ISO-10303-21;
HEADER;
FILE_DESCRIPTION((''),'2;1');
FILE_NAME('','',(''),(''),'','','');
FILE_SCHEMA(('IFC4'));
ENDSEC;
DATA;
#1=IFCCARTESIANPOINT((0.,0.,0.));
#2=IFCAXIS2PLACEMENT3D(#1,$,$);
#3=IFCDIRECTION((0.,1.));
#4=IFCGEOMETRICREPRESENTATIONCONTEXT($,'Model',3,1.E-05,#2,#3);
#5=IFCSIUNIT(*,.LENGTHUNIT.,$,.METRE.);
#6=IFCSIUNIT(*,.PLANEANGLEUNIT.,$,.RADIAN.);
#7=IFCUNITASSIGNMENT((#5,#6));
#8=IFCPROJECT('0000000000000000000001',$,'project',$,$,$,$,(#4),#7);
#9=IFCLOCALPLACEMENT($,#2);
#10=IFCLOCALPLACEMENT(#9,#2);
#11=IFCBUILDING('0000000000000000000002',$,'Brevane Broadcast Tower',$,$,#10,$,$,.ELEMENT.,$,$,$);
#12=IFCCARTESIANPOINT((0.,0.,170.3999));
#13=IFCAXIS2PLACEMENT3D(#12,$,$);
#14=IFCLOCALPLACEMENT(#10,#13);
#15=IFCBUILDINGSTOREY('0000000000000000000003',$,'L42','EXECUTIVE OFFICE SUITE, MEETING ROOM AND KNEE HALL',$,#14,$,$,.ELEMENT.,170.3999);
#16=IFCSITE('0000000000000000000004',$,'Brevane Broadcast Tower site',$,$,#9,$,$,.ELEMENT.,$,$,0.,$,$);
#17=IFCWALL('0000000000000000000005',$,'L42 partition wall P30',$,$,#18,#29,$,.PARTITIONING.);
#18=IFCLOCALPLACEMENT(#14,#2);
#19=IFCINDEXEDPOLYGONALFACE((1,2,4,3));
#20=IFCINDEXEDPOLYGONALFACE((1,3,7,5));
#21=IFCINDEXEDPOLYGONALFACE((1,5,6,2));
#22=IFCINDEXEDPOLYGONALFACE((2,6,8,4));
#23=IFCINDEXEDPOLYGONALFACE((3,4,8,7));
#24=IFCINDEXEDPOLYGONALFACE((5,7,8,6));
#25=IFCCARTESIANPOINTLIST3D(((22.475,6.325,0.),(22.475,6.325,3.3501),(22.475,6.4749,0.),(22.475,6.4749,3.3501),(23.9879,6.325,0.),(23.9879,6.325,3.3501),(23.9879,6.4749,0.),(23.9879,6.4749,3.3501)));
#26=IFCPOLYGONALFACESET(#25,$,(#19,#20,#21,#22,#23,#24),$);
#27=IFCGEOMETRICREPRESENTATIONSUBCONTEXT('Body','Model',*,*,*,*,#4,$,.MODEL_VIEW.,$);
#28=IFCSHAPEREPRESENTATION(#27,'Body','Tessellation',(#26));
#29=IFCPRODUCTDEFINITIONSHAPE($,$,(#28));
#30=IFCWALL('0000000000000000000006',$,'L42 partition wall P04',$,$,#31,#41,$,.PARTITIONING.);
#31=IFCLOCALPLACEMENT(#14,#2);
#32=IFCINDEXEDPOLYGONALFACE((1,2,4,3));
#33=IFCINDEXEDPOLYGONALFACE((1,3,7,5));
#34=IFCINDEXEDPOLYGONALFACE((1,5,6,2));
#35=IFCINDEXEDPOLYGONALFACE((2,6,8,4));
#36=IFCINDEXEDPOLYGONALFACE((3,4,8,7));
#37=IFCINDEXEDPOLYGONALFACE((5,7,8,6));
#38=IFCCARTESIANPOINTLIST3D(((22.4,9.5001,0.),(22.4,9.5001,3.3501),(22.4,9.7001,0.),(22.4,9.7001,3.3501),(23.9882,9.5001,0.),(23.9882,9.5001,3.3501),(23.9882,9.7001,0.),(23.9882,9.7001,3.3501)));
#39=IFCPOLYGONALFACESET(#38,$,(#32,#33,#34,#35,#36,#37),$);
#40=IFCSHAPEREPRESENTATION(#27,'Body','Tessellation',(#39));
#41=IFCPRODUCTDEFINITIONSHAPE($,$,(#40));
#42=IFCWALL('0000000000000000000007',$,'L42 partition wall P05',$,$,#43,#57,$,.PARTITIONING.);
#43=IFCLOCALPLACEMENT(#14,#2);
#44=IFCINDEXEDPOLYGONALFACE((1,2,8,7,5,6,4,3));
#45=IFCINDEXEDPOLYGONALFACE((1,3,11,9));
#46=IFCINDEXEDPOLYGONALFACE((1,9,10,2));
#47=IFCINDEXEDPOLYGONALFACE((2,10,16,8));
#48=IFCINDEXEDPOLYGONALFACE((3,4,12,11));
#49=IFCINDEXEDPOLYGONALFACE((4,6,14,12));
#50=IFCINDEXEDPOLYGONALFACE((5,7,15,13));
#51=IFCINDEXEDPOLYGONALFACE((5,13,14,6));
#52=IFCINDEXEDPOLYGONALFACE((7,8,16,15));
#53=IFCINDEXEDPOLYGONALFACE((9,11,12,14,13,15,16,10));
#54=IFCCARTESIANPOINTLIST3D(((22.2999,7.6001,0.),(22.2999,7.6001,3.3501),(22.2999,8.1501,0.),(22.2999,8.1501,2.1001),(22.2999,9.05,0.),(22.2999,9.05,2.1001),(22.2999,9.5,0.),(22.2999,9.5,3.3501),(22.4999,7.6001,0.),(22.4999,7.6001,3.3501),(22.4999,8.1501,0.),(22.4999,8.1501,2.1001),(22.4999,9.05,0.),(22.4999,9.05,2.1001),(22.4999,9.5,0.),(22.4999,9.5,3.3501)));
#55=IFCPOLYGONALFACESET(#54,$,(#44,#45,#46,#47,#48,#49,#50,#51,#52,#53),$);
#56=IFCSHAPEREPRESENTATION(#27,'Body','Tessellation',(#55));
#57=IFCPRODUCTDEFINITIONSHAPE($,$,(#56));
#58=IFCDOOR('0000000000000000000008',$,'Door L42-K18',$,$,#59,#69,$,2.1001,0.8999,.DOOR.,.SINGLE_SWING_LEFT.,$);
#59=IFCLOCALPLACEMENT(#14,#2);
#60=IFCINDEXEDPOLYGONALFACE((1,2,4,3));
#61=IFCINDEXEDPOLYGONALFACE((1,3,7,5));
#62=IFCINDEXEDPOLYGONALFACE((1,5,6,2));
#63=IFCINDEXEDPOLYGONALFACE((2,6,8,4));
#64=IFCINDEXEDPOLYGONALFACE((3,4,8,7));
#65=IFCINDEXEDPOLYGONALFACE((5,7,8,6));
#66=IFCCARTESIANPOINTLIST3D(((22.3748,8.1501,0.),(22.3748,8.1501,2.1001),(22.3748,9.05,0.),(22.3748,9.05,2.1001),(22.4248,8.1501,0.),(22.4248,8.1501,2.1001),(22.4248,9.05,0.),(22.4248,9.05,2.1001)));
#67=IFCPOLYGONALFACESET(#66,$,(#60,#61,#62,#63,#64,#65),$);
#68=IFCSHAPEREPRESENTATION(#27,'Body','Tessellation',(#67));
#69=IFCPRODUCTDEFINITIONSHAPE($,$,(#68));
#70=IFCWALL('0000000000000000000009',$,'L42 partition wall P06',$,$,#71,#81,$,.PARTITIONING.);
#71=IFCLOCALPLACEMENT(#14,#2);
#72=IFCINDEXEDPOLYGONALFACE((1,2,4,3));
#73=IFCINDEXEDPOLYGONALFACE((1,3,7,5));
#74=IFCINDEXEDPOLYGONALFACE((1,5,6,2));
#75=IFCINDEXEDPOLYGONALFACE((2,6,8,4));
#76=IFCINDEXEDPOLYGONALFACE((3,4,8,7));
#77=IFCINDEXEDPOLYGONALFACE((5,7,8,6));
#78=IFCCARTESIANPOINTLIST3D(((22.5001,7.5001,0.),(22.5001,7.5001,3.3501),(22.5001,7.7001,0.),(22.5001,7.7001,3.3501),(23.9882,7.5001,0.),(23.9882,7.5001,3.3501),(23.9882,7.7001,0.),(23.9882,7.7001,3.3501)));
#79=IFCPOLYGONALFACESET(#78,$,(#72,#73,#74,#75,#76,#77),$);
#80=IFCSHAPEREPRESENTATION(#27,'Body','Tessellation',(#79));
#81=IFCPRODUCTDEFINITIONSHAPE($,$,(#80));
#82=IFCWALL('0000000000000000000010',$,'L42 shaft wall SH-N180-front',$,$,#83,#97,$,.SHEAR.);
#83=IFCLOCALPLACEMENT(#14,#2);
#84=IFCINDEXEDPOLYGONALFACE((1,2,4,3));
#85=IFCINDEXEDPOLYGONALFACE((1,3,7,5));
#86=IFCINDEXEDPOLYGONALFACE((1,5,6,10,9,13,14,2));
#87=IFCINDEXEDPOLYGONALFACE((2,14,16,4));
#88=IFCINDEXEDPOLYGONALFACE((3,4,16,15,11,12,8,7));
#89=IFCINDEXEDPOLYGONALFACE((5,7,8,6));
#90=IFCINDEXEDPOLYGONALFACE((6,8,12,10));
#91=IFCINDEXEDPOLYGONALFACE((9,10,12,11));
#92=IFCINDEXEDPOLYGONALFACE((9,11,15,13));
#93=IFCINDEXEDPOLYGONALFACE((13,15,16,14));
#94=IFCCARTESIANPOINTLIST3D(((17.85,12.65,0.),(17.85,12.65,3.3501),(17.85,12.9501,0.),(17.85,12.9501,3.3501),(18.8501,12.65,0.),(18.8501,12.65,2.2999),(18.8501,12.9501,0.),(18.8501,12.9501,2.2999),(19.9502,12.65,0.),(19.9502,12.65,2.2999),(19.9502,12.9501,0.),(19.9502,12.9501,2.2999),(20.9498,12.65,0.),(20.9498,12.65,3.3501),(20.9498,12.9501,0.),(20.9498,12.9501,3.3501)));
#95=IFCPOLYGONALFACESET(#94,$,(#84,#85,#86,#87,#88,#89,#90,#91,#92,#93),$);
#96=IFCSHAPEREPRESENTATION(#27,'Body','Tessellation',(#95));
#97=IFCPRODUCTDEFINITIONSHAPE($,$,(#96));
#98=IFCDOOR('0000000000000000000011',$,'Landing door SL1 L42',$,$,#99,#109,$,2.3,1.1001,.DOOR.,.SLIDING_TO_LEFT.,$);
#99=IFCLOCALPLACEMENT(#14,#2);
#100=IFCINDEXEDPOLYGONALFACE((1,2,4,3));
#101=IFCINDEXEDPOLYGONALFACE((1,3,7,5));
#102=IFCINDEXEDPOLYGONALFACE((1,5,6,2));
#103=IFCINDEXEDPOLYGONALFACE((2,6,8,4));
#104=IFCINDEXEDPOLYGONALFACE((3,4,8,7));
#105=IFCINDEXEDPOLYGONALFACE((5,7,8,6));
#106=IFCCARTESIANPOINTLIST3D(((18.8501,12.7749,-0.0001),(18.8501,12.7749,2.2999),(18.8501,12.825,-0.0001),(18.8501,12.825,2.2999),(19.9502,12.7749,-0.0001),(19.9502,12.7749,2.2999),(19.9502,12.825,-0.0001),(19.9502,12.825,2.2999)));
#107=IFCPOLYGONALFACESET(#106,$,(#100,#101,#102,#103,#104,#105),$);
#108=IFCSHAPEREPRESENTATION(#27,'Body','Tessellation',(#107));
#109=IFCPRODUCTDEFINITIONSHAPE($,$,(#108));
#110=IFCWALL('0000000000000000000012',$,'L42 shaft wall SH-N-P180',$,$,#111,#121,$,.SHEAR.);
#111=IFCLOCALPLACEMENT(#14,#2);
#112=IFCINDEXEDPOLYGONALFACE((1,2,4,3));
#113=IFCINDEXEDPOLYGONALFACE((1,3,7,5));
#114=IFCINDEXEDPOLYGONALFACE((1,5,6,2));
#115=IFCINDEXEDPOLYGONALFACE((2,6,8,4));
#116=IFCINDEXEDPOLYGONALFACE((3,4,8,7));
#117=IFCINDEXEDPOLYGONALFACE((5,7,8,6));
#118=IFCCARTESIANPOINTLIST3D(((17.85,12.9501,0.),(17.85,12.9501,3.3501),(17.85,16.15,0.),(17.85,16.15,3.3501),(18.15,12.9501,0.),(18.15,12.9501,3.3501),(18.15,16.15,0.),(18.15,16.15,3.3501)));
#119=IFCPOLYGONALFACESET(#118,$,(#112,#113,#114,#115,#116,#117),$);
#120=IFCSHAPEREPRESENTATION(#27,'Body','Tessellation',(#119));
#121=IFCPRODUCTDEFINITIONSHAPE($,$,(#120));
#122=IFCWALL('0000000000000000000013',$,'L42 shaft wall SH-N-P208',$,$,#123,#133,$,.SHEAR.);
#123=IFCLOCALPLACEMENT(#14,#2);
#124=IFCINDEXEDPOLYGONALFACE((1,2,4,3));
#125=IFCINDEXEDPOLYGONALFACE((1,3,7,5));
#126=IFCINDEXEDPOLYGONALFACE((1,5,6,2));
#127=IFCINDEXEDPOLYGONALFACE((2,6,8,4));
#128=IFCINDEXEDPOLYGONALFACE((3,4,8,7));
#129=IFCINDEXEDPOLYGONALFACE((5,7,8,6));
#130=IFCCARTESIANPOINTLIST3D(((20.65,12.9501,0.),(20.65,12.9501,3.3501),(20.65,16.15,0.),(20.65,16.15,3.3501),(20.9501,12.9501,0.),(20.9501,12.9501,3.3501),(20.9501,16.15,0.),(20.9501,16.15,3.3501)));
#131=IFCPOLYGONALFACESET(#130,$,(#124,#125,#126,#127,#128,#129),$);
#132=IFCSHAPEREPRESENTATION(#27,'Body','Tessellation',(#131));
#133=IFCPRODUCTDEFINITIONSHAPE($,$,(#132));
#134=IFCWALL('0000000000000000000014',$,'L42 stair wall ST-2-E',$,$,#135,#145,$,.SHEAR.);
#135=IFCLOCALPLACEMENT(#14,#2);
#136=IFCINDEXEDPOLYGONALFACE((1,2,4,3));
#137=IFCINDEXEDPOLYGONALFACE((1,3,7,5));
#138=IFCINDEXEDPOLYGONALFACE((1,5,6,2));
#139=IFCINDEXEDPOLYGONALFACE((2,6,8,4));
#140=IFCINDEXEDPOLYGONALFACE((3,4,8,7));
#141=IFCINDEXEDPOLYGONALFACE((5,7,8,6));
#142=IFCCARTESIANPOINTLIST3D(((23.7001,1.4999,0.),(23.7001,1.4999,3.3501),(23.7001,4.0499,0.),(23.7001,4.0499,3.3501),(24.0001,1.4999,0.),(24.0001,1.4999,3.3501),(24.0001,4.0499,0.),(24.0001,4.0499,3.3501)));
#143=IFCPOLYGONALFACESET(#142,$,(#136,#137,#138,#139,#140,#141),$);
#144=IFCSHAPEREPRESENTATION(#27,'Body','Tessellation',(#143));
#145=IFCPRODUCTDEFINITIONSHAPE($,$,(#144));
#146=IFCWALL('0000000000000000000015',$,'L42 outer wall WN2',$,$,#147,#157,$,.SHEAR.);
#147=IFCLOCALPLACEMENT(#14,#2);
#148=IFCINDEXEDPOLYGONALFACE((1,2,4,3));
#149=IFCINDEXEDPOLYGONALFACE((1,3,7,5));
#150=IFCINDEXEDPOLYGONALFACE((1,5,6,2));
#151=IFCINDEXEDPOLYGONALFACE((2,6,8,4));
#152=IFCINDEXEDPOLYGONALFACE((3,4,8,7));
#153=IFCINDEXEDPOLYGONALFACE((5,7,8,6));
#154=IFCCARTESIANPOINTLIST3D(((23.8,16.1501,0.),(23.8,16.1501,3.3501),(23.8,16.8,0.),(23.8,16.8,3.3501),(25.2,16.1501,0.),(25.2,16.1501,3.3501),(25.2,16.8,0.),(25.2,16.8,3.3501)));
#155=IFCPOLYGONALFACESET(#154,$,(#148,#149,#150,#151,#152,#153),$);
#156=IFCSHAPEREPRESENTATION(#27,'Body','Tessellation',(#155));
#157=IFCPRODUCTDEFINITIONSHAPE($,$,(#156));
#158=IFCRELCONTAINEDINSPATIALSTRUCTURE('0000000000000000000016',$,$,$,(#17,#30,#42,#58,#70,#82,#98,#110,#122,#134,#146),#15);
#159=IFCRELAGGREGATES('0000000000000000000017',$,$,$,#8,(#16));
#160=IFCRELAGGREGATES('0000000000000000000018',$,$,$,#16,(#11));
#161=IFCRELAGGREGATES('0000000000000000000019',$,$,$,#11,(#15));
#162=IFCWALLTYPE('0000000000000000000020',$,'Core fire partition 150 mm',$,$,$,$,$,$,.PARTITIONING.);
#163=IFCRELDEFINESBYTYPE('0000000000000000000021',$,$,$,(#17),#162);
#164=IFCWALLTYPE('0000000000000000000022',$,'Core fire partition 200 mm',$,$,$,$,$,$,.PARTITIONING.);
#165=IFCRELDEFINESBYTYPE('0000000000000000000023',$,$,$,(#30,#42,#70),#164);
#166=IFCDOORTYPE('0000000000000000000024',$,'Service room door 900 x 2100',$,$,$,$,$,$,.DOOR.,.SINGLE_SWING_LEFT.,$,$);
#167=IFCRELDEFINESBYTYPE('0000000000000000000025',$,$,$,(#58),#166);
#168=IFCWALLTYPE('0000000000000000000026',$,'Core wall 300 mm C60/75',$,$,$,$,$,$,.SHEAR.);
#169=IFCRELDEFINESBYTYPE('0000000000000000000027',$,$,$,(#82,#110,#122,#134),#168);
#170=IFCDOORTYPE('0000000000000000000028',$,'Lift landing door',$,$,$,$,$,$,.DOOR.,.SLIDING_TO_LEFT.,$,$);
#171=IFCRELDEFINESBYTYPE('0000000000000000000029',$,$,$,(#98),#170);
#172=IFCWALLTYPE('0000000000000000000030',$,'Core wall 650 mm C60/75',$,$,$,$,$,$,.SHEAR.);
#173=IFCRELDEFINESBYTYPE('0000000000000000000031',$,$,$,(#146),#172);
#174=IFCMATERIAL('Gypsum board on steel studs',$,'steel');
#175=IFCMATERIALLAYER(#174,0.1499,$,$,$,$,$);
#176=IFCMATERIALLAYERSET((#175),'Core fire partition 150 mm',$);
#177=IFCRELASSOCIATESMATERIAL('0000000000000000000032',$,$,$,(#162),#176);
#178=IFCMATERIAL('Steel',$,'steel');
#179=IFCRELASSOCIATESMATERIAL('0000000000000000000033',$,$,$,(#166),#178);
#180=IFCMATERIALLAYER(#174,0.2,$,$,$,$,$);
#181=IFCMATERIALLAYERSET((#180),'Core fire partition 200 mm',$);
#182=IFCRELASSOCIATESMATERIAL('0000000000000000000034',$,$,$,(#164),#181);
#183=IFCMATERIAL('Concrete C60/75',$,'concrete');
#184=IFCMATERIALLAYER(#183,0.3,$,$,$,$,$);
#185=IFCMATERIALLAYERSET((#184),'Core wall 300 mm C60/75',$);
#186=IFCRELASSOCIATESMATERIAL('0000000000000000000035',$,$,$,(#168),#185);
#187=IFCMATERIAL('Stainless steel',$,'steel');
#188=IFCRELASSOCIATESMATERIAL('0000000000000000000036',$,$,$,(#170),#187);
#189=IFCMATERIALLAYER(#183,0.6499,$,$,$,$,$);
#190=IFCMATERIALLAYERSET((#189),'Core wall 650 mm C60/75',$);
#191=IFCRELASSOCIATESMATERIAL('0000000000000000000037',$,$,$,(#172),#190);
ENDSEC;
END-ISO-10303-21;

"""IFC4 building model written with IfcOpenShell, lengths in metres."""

from ifc_helpers import new_model, si_unit, direction, frame, frame_2d, origin, place, context, subcontext, project, spatial, rectangle, extrude, material, layer, layer_set, type_object, element, fill, save


model = new_model("IFC4")

# Units and contexts
model_context = context("Model", 3, precision=1e-05, world=origin(), true_north=direction((0.0, 1.0)))
body_context = subcontext(model_context, "Body", "Model", "MODEL_VIEW")
ifc_project = project(units=[si_unit("LENGTHUNIT", "METRE"), si_unit("PLANEANGLEUNIT", "RADIAN")], contexts=[model_context])

# Site, building, storey
site_placement = place(None, origin())
site = spatial("IfcSite", under=ifc_project, at=site_placement, Name="Brevane Broadcast Tower site", CompositionType="ELEMENT", RefElevation=0.0)
building_placement = place(site_placement, origin())
building = spatial("IfcBuilding", under=site, at=building_placement, Name="Brevane Broadcast Tower", CompositionType="ELEMENT")
storey_placement = place(building_placement, frame((0.0, 0.0, 170.3999)))
storey = spatial("IfcBuildingStorey", under=building, at=storey_placement, Name="L42", Description="EXECUTIVE OFFICE SUITE, MEETING ROOM AND KNEE HALL", CompositionType="ELEMENT", Elevation=170.3999)

# Shared definitions
ifc_material_1 = material(Name="Gypsum board on steel studs", Category="steel")
ifc_layer_1 = layer(ifc_material_1, 0.1499)
ifc_layer_set_1 = layer_set([ifc_layer_1], Name="Core fire partition 150 mm")
wall_type_1 = type_object("IfcWallType", Name="Core fire partition 150 mm", PredefinedType="PARTITIONING", material=ifc_layer_set_1)

# Shared definitions
ifc_material_2 = material(Name="Steel", Category="steel")
door_type_1 = type_object("IfcDoorType", Name="Service room door 900 x 2100", OperationType="SINGLE_SWING_LEFT", PredefinedType="DOOR", material=ifc_material_2)

# Walls
wall_1_placement = place(storey_placement, frame((22.4751, 6.3999, 0.0), z_axis=(0.0, 0.0, 1.0), x_axis=(1.0, 0.0, 0.0)))
element("IfcWall", 1, at=wall_1_placement, inside=storey, type_object=wall_type_1, Name="L42 partition wall P30", PredefinedType="PARTITIONING", context=body_context, shape_type="SweptSolid", body=[
    extrude(rectangle(XDim=1.5129, YDim=0.1499, at=frame_2d((0.7563, 0.0))), origin(), (0.0, 0.0, 1.0), 3.3501),
])
ifc_layer_2 = layer(ifc_material_1, 0.2)
ifc_layer_set_2 = layer_set([ifc_layer_2], Name="Core fire partition 200 mm")
wall_type_2 = type_object("IfcWallType", Name="Core fire partition 200 mm", PredefinedType="PARTITIONING", material=ifc_layer_set_2)
wall_2_placement = place(storey_placement, frame((23.988, 9.6001, 0.0), z_axis=(0.0, 0.0, 1.0), x_axis=(-1.0, 0.0, 0.0)))
element("IfcWall", 2, at=wall_2_placement, inside=storey, type_object=wall_type_2, Name="L42 partition wall P04", PredefinedType="PARTITIONING", context=body_context, shape_type="SweptSolid", body=[
    extrude(rectangle(XDim=1.5881, YDim=0.2, at=frame_2d((0.7939, 0.0))), origin(), (0.0, 0.0, 1.0), 3.3501),
])

# Wall, opening, door
wall_3_placement = place(storey_placement, frame((22.3999, 9.5, 0.0), z_axis=(0.0, 0.0, 1.0), x_axis=(0.0, -1.0, 0.0)))
wall_3 = element("IfcWall", 3, at=wall_3_placement, inside=storey, type_object=wall_type_2, Name="L42 partition wall P05", PredefinedType="PARTITIONING", context=body_context, shape_type="SweptSolid", body=[
    extrude(rectangle(XDim=1.8999, YDim=0.2, at=frame_2d((0.95, 0.0))), origin(), (0.0, 0.0, 1.0), 3.3501),
])
opening_1_placement = place(wall_3_placement, frame((0.45, 0.0, 0.0)))
opening_1 = element("IfcOpeningElement", 4, at=opening_1_placement, cuts=wall_3, PredefinedType="OPENING", context=body_context, shape_type="SweptSolid", body=[
    extrude(rectangle(XDim=0.8999, YDim=2.1001, at=frame_2d((0.45, 1.05))), frame((0.0, 0.1099, 0.0), z_axis=(0.0, -1.0, 0.0), x_axis=(1.0, 0.0, 0.0)), (0.0, 0.0, 1.0), 0.22),
])
door_1_placement = place(opening_1_placement, origin())
door_1 = element("IfcDoor", 5, at=door_1_placement, inside=storey, type_object=door_type_1, Name="Door L42-K18", OperationType="SINGLE_SWING_LEFT", OverallHeight=2.1001, OverallWidth=0.8999, PredefinedType="DOOR", context=body_context, shape_type="SweptSolid", body=[
    extrude(rectangle(XDim=0.8999, YDim=2.1001, at=frame_2d((0.45, 1.05))), frame((0.0, 0.0249, 0.0), z_axis=(0.0, -1.0, 0.0), x_axis=(1.0, 0.0, 0.0)), (0.0, 0.0, 1.0), 0.05),
])
fill(opening_1, door_1)

# Wall
wall_4_placement = place(storey_placement, frame((22.5, 7.6001, 0.0), z_axis=(0.0, 0.0, 1.0), x_axis=(1.0, 0.0, 0.0)))
element("IfcWall", 6, at=wall_4_placement, inside=storey, type_object=wall_type_2, Name="L42 partition wall P06", PredefinedType="PARTITIONING", context=body_context, shape_type="SweptSolid", body=[
    extrude(rectangle(XDim=1.488, YDim=0.2, at=frame_2d((0.7441, 0.0))), origin(), (0.0, 0.0, 1.0), 3.3501),
])

# Wall, opening, door
ifc_material_3 = material(Name="Concrete C60/75", Category="concrete")
ifc_layer_3 = layer(ifc_material_3, 0.3)
ifc_layer_set_3 = layer_set([ifc_layer_3], Name="Core wall 300 mm C60/75")
wall_type_3 = type_object("IfcWallType", Name="Core wall 300 mm C60/75", PredefinedType="SHEAR", material=ifc_layer_set_3)
wall_5_placement = place(storey_placement, frame((17.8501, 12.8, 0.0), z_axis=(0.0, 0.0, 1.0), x_axis=(1.0, 0.0, 0.0)))
wall_5 = element("IfcWall", 7, at=wall_5_placement, inside=storey, type_object=wall_type_3, Name="L42 shaft wall SH-N180-front", PredefinedType="SHEAR", context=body_context, shape_type="SweptSolid", body=[
    extrude(rectangle(XDim=3.0999, YDim=0.3, at=frame_2d((1.5498, 0.0))), origin(), (0.0, 0.0, 1.0), 3.3501),
])
opening_2_placement = place(wall_5_placement, frame((1.0, 0.0, 0.0)))
opening_2 = element("IfcOpeningElement", 8, at=opening_2_placement, cuts=wall_5, PredefinedType="OPENING", context=body_context, shape_type="SweptSolid", body=[
    extrude(rectangle(XDim=1.1001, YDim=2.3, at=frame_2d((0.55, 1.1499))), frame((0.0, 0.1599, 0.0), z_axis=(0.0, -1.0, 0.0), x_axis=(1.0, 0.0, 0.0)), (0.0, 0.0, 1.0), 0.3201),
])
ifc_material_4 = material(Name="Stainless steel", Category="steel")
door_type_2 = type_object("IfcDoorType", Name="Lift landing door", OperationType="SLIDING_TO_LEFT", PredefinedType="DOOR", material=ifc_material_4)
door_2_placement = place(opening_2_placement, origin())
door_2 = element("IfcDoor", 9, at=door_2_placement, inside=storey, type_object=door_type_2, Name="Landing door SL1 L42", OperationType="SLIDING_TO_LEFT", OverallHeight=2.3, OverallWidth=1.1001, PredefinedType="DOOR", context=body_context, shape_type="SweptSolid", body=[
    extrude(rectangle(XDim=1.1001, YDim=2.3, at=frame_2d((0.55, 1.1499))), frame((0.0, 0.0249, 0.0), z_axis=(0.0, -1.0, 0.0), x_axis=(1.0, 0.0, 0.0)), (0.0, 0.0, 1.0), 0.05),
])
fill(opening_2, door_2)

# Walls
for number, where, z_axis, x_axis, name in (
    (10, (18.0, 12.95, 0.0), (0.0, 0.0, 1.0), (0.0, 1.0, 0.0), "L42 shaft wall SH-N-P180"),
    (11, (20.8, 12.95, 0.0), (0.0, 0.0, 1.0), (0.0, 1.0, 0.0), "L42 shaft wall SH-N-P208"),
):
    element("IfcWall", number, at=place(storey_placement, frame(where, z_axis=z_axis, x_axis=x_axis)), inside=storey, type_object=wall_type_3, Name=name, PredefinedType="SHEAR", context=body_context, shape_type="SweptSolid", body=[
        extrude(rectangle(XDim=3.2, YDim=0.3, at=frame_2d((1.6001, 0.0))), origin(), (0.0, 0.0, 1.0), 3.3501),
    ])
wall_6_placement = place(storey_placement, frame((23.8501, 1.5, 0.0), z_axis=(0.0, 0.0, 1.0), x_axis=(0.0, 1.0, 0.0)))
element("IfcWall", 12, at=wall_6_placement, inside=storey, type_object=wall_type_3, Name="L42 stair wall ST-2-E", PredefinedType="SHEAR", context=body_context, shape_type="SweptSolid", body=[
    extrude(rectangle(XDim=2.55, YDim=0.3, at=frame_2d((1.2749, 0.0))), origin(), (0.0, 0.0, 1.0), 3.3501),
])
ifc_layer_4 = layer(ifc_material_3, 0.6499)
ifc_layer_set_4 = layer_set([ifc_layer_4], Name="Core wall 650 mm C60/75")
wall_type_4 = type_object("IfcWallType", Name="Core wall 650 mm C60/75", PredefinedType="SHEAR", material=ifc_layer_set_4)
wall_7_placement = place(storey_placement, frame((23.8, 16.4751, 0.0), z_axis=(0.0, 0.0, 1.0), x_axis=(1.0, 0.0, 0.0)))
element("IfcWall", 13, at=wall_7_placement, inside=storey, type_object=wall_type_4, Name="L42 outer wall WN2", PredefinedType="SHEAR", context=body_context, shape_type="SweptSolid", body=[
    extrude(rectangle(XDim=1.3999, YDim=0.6499, at=frame_2d((0.7, 0.0))), origin(), (0.0, 0.0, 1.0), 3.3501),
])

save(model, "model.ifc")
